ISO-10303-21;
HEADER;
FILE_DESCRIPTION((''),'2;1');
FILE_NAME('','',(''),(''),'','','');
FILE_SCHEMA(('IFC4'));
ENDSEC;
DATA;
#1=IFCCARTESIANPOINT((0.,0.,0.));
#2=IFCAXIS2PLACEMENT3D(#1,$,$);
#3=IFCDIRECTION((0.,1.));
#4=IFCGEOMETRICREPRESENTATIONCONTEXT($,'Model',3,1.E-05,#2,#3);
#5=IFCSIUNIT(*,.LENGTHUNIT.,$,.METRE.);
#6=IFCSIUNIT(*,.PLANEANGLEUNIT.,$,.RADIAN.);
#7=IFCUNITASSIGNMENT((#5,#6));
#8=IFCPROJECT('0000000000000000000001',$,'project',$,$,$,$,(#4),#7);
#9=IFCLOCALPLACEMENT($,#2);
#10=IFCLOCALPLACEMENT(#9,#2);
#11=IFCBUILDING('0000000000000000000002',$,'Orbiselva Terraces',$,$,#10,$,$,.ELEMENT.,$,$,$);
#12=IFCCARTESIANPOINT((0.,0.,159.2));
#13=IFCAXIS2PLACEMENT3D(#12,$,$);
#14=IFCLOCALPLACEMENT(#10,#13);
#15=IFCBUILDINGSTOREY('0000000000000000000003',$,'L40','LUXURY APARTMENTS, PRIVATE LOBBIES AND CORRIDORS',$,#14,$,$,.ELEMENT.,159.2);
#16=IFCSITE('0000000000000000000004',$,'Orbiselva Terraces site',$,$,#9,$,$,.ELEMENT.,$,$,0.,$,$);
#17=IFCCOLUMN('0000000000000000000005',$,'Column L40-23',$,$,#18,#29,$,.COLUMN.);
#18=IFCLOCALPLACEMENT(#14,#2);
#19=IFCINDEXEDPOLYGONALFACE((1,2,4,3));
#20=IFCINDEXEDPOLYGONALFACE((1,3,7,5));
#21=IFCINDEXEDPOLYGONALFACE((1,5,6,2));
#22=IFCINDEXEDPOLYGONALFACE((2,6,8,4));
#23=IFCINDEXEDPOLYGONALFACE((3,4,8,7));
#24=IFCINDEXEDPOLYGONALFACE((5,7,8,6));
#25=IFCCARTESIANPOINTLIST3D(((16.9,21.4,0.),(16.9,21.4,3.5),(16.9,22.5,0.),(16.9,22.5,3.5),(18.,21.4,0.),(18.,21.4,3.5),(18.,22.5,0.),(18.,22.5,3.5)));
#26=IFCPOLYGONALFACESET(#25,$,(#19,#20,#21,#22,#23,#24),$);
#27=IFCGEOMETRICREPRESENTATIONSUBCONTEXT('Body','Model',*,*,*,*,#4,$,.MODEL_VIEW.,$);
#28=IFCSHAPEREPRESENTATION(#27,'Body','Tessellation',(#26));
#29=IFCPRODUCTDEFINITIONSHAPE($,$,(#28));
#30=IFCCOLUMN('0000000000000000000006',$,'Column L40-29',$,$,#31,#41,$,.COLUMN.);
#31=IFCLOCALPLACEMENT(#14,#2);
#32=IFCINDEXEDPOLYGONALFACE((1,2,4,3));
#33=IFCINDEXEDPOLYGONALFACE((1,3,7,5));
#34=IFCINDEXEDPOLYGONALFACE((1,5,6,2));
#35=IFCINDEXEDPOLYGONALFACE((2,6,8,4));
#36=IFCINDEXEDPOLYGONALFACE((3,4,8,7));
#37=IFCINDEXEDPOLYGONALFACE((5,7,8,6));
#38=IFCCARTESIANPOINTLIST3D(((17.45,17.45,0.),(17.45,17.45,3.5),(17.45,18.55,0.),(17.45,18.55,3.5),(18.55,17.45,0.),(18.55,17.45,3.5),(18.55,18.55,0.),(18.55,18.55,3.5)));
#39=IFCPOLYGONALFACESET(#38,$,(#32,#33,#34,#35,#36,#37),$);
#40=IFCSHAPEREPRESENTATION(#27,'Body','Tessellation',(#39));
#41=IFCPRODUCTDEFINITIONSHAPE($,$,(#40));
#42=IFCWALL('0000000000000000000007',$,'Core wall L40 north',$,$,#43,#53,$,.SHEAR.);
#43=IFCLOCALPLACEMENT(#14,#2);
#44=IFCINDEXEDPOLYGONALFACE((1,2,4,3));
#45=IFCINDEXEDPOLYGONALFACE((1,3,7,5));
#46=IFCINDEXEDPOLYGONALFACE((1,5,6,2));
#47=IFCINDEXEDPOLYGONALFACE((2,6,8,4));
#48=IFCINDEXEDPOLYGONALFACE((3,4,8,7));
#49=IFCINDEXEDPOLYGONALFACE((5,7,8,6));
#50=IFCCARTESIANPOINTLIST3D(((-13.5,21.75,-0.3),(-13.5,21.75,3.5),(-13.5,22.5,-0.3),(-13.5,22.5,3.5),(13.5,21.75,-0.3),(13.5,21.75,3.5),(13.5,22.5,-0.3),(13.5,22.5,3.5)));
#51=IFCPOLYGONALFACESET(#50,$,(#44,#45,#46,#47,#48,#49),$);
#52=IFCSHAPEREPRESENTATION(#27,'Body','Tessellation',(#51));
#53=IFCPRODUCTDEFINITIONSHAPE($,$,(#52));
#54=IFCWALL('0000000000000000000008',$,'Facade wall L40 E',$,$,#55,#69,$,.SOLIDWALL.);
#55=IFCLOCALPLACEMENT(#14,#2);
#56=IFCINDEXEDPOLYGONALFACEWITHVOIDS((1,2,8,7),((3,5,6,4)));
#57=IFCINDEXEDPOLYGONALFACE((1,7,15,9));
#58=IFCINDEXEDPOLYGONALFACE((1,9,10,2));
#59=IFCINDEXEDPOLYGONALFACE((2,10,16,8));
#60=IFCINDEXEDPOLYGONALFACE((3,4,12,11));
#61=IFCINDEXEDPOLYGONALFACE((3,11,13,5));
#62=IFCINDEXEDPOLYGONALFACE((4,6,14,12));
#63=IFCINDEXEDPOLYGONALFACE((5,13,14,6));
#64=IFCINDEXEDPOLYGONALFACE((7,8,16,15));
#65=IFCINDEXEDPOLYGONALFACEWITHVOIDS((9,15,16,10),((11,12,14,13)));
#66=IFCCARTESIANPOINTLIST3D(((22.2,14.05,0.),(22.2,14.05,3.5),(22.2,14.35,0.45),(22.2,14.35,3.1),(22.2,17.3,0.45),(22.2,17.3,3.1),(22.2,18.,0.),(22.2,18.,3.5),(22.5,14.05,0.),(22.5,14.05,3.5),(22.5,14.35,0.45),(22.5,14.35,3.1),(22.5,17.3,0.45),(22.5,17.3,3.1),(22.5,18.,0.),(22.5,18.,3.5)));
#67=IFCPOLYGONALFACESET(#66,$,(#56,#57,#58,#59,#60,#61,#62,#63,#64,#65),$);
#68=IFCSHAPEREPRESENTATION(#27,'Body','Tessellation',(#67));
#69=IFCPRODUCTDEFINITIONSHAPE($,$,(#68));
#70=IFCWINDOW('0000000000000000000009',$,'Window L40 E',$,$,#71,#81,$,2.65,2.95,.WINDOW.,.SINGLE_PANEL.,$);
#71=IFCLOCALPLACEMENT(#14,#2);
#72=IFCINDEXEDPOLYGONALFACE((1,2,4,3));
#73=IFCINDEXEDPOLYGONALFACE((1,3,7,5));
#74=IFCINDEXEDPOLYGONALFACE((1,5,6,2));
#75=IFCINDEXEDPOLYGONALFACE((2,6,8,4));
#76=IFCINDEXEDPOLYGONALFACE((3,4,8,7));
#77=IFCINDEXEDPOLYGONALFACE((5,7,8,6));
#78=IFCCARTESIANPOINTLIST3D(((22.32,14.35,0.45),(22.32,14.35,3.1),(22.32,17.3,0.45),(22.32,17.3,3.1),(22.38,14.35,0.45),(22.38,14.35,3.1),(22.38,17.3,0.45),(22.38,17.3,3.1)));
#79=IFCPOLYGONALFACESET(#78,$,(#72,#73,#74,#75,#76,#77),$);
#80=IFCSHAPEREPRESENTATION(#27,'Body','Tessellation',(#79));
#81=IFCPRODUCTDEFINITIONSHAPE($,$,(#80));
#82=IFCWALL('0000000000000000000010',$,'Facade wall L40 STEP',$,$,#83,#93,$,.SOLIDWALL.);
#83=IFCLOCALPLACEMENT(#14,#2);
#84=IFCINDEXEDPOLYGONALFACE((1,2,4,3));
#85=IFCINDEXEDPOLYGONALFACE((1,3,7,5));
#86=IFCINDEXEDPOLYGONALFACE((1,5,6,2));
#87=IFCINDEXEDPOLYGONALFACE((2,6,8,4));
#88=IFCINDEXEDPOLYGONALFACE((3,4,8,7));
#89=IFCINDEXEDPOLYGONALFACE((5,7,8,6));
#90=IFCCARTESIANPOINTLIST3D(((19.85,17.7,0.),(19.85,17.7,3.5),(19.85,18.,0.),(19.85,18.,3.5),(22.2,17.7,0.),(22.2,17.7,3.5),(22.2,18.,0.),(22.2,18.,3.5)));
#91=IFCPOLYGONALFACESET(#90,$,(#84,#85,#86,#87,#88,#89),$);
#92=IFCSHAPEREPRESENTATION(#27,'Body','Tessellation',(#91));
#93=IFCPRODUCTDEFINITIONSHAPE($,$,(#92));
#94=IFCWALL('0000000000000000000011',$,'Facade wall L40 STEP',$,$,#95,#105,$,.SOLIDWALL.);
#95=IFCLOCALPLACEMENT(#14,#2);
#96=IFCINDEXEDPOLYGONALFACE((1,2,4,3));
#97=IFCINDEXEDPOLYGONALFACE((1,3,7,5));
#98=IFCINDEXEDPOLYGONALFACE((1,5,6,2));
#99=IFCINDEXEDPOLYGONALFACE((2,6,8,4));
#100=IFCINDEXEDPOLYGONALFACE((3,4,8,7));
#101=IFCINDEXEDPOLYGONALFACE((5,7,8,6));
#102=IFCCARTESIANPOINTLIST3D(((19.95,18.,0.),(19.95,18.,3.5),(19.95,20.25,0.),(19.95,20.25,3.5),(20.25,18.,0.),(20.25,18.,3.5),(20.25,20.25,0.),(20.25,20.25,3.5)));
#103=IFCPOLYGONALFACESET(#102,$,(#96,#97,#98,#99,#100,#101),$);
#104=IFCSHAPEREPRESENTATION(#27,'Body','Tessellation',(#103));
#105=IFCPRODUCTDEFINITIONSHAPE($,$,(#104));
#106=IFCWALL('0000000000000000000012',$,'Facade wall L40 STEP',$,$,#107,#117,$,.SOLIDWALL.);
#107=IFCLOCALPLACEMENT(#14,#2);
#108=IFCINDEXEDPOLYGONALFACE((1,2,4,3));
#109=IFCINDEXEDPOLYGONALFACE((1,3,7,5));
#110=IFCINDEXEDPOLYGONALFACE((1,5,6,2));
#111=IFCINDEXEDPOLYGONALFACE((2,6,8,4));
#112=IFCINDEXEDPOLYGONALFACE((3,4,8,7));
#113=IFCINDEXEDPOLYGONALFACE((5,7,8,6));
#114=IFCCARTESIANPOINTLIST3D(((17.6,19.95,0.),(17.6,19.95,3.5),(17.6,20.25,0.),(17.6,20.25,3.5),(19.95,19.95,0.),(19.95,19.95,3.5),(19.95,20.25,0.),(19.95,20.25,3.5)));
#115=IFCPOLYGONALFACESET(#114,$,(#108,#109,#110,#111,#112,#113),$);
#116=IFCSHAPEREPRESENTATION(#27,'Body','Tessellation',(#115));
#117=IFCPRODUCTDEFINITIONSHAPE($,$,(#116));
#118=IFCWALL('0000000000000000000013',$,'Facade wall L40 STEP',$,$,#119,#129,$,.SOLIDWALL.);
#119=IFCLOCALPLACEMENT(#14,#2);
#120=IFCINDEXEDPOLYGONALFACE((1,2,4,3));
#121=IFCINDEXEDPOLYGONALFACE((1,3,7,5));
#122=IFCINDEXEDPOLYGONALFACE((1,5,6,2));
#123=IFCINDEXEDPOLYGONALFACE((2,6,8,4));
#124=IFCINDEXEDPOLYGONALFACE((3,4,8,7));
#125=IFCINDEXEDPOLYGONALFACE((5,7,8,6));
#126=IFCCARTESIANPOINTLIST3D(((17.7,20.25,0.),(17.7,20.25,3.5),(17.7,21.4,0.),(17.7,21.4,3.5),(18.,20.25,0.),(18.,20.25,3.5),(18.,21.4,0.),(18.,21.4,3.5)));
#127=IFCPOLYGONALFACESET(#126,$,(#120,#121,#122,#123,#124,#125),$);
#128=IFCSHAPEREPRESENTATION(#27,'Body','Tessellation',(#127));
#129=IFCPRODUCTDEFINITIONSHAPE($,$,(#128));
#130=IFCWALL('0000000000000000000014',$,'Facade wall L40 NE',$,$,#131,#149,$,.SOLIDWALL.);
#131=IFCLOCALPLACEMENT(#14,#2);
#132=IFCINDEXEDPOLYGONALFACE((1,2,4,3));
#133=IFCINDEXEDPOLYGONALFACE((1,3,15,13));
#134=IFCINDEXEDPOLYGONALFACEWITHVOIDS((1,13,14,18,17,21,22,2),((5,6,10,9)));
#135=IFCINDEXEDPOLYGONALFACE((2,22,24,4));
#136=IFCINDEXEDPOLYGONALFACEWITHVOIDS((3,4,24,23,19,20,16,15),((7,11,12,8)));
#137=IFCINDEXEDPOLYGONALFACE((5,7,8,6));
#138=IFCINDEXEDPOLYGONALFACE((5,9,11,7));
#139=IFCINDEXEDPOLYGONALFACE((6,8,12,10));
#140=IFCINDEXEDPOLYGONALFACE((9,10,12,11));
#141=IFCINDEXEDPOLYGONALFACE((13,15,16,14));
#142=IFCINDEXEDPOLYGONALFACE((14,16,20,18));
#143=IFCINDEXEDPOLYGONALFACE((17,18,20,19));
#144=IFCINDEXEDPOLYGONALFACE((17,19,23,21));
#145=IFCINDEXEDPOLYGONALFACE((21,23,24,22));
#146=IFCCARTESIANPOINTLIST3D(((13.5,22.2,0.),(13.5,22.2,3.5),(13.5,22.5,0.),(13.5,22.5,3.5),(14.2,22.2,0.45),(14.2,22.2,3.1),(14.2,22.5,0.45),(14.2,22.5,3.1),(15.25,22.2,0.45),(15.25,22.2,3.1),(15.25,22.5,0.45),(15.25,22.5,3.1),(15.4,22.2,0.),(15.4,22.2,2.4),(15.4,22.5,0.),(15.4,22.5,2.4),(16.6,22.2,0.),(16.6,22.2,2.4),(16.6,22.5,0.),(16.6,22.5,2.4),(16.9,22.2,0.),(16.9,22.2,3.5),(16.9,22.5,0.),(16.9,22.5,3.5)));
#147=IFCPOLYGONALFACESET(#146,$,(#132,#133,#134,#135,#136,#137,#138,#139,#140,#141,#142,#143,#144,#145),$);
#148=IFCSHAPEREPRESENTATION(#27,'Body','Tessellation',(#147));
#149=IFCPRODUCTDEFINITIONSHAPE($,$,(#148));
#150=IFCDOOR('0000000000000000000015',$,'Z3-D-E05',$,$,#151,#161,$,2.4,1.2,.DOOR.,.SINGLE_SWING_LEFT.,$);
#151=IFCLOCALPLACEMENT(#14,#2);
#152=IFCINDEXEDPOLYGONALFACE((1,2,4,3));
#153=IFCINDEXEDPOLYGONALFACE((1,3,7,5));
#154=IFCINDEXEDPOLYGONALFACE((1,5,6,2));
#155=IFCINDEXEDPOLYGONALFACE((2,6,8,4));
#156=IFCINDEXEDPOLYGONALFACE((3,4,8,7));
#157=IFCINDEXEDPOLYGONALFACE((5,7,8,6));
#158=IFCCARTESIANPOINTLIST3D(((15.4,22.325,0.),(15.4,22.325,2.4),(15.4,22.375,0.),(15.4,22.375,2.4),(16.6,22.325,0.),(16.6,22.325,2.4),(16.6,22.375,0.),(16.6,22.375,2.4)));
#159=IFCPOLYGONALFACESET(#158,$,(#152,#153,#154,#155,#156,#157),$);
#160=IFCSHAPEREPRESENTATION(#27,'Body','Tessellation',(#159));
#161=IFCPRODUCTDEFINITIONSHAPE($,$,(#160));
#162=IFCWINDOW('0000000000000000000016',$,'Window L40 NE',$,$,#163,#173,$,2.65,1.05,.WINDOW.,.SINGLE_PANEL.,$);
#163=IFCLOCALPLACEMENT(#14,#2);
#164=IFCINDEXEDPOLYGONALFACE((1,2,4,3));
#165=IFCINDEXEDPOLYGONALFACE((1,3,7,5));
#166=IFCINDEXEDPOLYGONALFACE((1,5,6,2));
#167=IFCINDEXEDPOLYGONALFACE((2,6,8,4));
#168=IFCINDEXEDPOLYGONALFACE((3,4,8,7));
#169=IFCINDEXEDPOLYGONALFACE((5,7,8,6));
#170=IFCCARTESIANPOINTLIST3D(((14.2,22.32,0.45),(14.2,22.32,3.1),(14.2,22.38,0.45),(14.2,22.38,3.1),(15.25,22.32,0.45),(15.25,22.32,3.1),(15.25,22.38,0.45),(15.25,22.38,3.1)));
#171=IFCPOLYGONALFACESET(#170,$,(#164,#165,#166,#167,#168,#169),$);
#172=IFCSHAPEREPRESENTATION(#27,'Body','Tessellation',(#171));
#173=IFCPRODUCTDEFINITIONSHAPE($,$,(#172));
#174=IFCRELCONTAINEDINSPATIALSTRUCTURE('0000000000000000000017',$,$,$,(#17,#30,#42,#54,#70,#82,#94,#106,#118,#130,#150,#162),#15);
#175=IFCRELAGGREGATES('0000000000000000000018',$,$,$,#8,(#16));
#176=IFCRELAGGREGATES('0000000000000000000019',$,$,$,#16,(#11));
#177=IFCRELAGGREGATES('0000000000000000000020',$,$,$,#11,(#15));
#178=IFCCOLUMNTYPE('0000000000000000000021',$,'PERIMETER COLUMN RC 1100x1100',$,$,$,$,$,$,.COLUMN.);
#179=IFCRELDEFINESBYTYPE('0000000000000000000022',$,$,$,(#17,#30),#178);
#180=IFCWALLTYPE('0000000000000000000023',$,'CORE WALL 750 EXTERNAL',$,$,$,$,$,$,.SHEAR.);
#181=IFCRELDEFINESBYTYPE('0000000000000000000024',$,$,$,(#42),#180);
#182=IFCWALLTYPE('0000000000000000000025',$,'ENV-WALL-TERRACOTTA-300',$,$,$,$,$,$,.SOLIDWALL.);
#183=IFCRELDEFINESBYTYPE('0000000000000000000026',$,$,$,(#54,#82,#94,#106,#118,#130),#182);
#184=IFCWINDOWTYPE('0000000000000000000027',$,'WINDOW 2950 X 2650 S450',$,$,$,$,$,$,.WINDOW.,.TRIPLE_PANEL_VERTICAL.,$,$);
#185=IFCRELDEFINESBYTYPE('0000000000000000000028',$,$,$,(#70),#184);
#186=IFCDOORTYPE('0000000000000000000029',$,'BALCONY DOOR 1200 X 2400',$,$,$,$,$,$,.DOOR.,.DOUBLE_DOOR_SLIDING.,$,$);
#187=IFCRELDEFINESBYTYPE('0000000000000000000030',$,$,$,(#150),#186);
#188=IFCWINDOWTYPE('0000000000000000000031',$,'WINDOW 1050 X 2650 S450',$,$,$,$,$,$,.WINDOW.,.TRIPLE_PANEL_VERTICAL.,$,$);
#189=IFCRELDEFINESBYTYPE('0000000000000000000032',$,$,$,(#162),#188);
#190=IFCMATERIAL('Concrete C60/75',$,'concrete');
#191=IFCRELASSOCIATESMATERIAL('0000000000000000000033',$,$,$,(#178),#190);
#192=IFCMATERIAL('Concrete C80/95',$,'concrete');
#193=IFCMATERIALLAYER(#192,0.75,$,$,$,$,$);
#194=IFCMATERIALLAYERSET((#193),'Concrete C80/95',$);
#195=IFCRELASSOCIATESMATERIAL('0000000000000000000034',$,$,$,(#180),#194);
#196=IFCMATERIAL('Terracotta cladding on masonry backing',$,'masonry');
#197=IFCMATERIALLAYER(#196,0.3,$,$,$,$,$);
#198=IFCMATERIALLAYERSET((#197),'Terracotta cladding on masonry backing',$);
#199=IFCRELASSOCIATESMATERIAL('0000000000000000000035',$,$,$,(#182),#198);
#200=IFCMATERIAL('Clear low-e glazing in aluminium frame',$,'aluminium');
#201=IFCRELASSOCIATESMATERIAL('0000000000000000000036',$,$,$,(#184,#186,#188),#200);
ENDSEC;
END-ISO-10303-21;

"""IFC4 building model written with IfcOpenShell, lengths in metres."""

from ifc_helpers import new_model, si_unit, direction, frame, frame_2d, origin, origin_2d, place, context, subcontext, project, spatial, rectangle, extrude, material, layer, layer_set, material_profile, profile_set, type_object, element, fill, save


model = new_model("IFC4")

# Units and contexts
model_context = context("Model", 3, precision=1e-05, world=origin(), true_north=direction((0.0, 1.0)))
body_context = subcontext(model_context, "Body", "Model", "MODEL_VIEW")
ifc_project = project(units=[si_unit("LENGTHUNIT", "METRE"), si_unit("PLANEANGLEUNIT", "RADIAN")], contexts=[model_context])

# Site, building, storey
site_placement = place(None, origin())
site = spatial("IfcSite", under=ifc_project, at=site_placement, Name="Orbiselva Terraces site", CompositionType="ELEMENT", RefElevation=0.0)
building_placement = place(site_placement, origin())
building = spatial("IfcBuilding", under=site, at=building_placement, Name="Orbiselva Terraces", CompositionType="ELEMENT")
storey_placement = place(building_placement, frame((0.0, 0.0, 159.2)))
storey = spatial("IfcBuildingStorey", under=building, at=storey_placement, Name="L40", Description="LUXURY APARTMENTS, PRIVATE LOBBIES AND CORRIDORS", CompositionType="ELEMENT", Elevation=159.2)

# Columns
ifc_material_1 = material(Name="Concrete C60/75", Category="concrete")
ifc_material_profile = material_profile(ifc_material_1, rectangle(XDim=1.1, YDim=1.1, at=origin_2d()), Name="RC 1100x1100")
ifc_profile_set = profile_set([ifc_material_profile], Name="Concrete C60/75")
column_type = type_object("IfcColumnType", Name="PERIMETER COLUMN RC 1100x1100", PredefinedType="COLUMN", material=ifc_profile_set)
for number, where, z_axis, x_axis, name in (
    (1, (17.45, 21.95, 0.0), (0.0, 0.0, 1.0), (1.0, 0.0, 0.0), "Column L40-23"),
    (2, (18.0, 18.0, 0.0), (0.0, 0.0, 1.0), (1.0, 0.0, 0.0), "Column L40-29"),
):
    element("IfcColumn", number, at=place(storey_placement, frame(where, z_axis=z_axis, x_axis=x_axis)), inside=storey, type_object=column_type, Name=name, PredefinedType="COLUMN", context=body_context, shape_type="SweptSolid", body=[
        extrude(rectangle(XDim=1.1, YDim=1.1, at=origin_2d()), origin(), (0.0, 0.0, 1.0), 3.5),
    ])

# Wall
ifc_material_2 = material(Name="Concrete C80/95", Category="concrete")
ifc_layer_1 = layer(ifc_material_2, 0.75)
ifc_layer_set_1 = layer_set([ifc_layer_1], Name="Concrete C80/95")
wall_type_1 = type_object("IfcWallType", Name="CORE WALL 750 EXTERNAL", PredefinedType="SHEAR", material=ifc_layer_set_1)
wall_1_placement = place(storey_placement, frame((13.5, 22.125, -0.3), z_axis=(0.0, 0.0, 1.0), x_axis=(-1.0, 0.0, 0.0)))
element("IfcWall", 3, at=wall_1_placement, inside=storey, type_object=wall_type_1, Name="Core wall L40 north", PredefinedType="SHEAR", context=body_context, shape_type="SweptSolid", body=[
    extrude(rectangle(XDim=27.0, YDim=0.75, at=frame_2d((13.5, 0.0))), origin(), (0.0, 0.0, 1.0), 3.8),
])

# Wall, opening, window
ifc_material_3 = material(Name="Terracotta cladding on masonry backing", Category="masonry")
ifc_layer_2 = layer(ifc_material_3, 0.3)
ifc_layer_set_2 = layer_set([ifc_layer_2], Name="Terracotta cladding on masonry backing")
wall_type_2 = type_object("IfcWallType", Name="ENV-WALL-TERRACOTTA-300", PredefinedType="SOLIDWALL", material=ifc_layer_set_2)
wall_2_placement = place(storey_placement, frame((22.35, 18.0, 0.0), z_axis=(0.0, 0.0, 1.0), x_axis=(0.0, -1.0, 0.0)))
wall_2 = element("IfcWall", 4, at=wall_2_placement, inside=storey, type_object=wall_type_2, Name="Facade wall L40 E", PredefinedType="SOLIDWALL", context=body_context, shape_type="SweptSolid", body=[
    extrude(rectangle(XDim=3.95, YDim=0.3, at=frame_2d((1.975, 0.0))), origin(), (0.0, 0.0, 1.0), 3.5),
])
opening_1_placement = place(wall_2_placement, frame((0.7, 0.0, 0.45)))
opening_1 = element("IfcOpeningElement", 5, at=opening_1_placement, cuts=wall_2, PredefinedType="OPENING", context=body_context, shape_type="SweptSolid", body=[
    extrude(rectangle(XDim=2.95, YDim=2.65, at=frame_2d((1.475, 1.325))), frame((0.0, 0.16, 0.0), z_axis=(0.0, -1.0, 0.0), x_axis=(1.0, 0.0, 0.0)), (0.0, 0.0, 1.0), 0.32),
])
ifc_material_4 = material(Name="Clear low-e glazing in aluminium frame", Category="aluminium")
window_type_1 = type_object("IfcWindowType", Name="WINDOW 2950 X 2650 S450", PartitioningType="TRIPLE_PANEL_VERTICAL", PredefinedType="WINDOW", material=ifc_material_4)
window_1_placement = place(opening_1_placement, origin())
window_1 = element("IfcWindow", 6, at=window_1_placement, inside=storey, type_object=window_type_1, Name="Window L40 E", OverallHeight=2.65, OverallWidth=2.95, PartitioningType="SINGLE_PANEL", PredefinedType="WINDOW", context=body_context, shape_type="SweptSolid", body=[
    extrude(rectangle(XDim=2.95, YDim=2.65, at=frame_2d((1.475, 1.325))), frame((0.0, 0.03, 0.0), z_axis=(0.0, -1.0, 0.0), x_axis=(1.0, 0.0, 0.0)), (0.0, 0.0, 1.0), 0.06),
])
fill(opening_1, window_1)

# Walls
wall_3_placement = place(storey_placement, frame((19.85, 17.85, 0.0), z_axis=(0.0, 0.0, 1.0), x_axis=(1.0, 0.0, 0.0)))
element("IfcWall", 7, at=wall_3_placement, inside=storey, type_object=wall_type_2, Name="Facade wall L40 STEP", PredefinedType="SOLIDWALL", context=body_context, shape_type="SweptSolid", body=[
    extrude(rectangle(XDim=2.35, YDim=0.3, at=frame_2d((1.175, 0.0))), origin(), (0.0, 0.0, 1.0), 3.5),
])
wall_4_placement = place(storey_placement, frame((20.1, 20.25, 0.0), z_axis=(0.0, 0.0, 1.0), x_axis=(0.0, -1.0, 0.0)))
element("IfcWall", 8, at=wall_4_placement, inside=storey, type_object=wall_type_2, Name="Facade wall L40 STEP", PredefinedType="SOLIDWALL", context=body_context, shape_type="SweptSolid", body=[
    extrude(rectangle(XDim=2.25, YDim=0.3, at=frame_2d((1.125, 0.0))), origin(), (0.0, 0.0, 1.0), 3.5),
])
wall_5_placement = place(storey_placement, frame((17.6, 20.1, 0.0), z_axis=(0.0, 0.0, 1.0), x_axis=(1.0, 0.0, 0.0)))
element("IfcWall", 9, at=wall_5_placement, inside=storey, type_object=wall_type_2, Name="Facade wall L40 STEP", PredefinedType="SOLIDWALL", context=body_context, shape_type="SweptSolid", body=[
    extrude(rectangle(XDim=2.35, YDim=0.3, at=frame_2d((1.175, 0.0))), origin(), (0.0, 0.0, 1.0), 3.5),
])
wall_6_placement = place(storey_placement, frame((17.85, 21.4, 0.0), z_axis=(0.0, 0.0, 1.0), x_axis=(0.0, -1.0, 0.0)))
element("IfcWall", 10, at=wall_6_placement, inside=storey, type_object=wall_type_2, Name="Facade wall L40 STEP", PredefinedType="SOLIDWALL", context=body_context, shape_type="SweptSolid", body=[
    extrude(rectangle(XDim=1.15, YDim=0.3, at=frame_2d((0.575, 0.0))), origin(), (0.0, 0.0, 1.0), 3.5),
])

# Wall, openings, door, window
wall_7_placement = place(storey_placement, frame((13.5, 22.35, 0.0), z_axis=(0.0, 0.0, 1.0), x_axis=(1.0, 0.0, 0.0)))
wall_7 = element("IfcWall", 11, at=wall_7_placement, inside=storey, type_object=wall_type_2, Name="Facade wall L40 NE", PredefinedType="SOLIDWALL", context=body_context, shape_type="SweptSolid", body=[
    extrude(rectangle(XDim=3.4, YDim=0.3, at=frame_2d((1.7, 0.0))), origin(), (0.0, 0.0, 1.0), 3.5),
])
opening_2_placement = place(wall_7_placement, frame((1.9, 0.0, 0.0)))
opening_2 = element("IfcOpeningElement", 12, at=opening_2_placement, cuts=wall_7, PredefinedType="OPENING", context=body_context, shape_type="SweptSolid", body=[
    extrude(rectangle(XDim=1.2, YDim=2.4, at=frame_2d((0.6, 1.2))), frame((0.0, 0.16, 0.0), z_axis=(0.0, -1.0, 0.0), x_axis=(1.0, 0.0, 0.0)), (0.0, 0.0, 1.0), 0.32),
])
opening_3_placement = place(wall_7_placement, frame((0.7, 0.0, 0.45)))
opening_3 = element("IfcOpeningElement", 13, at=opening_3_placement, cuts=wall_7, PredefinedType="OPENING", context=body_context, shape_type="SweptSolid", body=[
    extrude(rectangle(XDim=1.05, YDim=2.65, at=frame_2d((0.525, 1.325))), frame((0.0, 0.16, 0.0), z_axis=(0.0, -1.0, 0.0), x_axis=(1.0, 0.0, 0.0)), (0.0, 0.0, 1.0), 0.32),
])
door_type = type_object("IfcDoorType", Name="BALCONY DOOR 1200 X 2400", OperationType="DOUBLE_DOOR_SLIDING", PredefinedType="DOOR", material=ifc_material_4)
door_placement = place(opening_2_placement, origin())
door = element("IfcDoor", 14, at=door_placement, inside=storey, type_object=door_type, Name="Z3-D-E05", OperationType="SINGLE_SWING_LEFT", OverallHeight=2.4, OverallWidth=1.2, PredefinedType="DOOR", context=body_context, shape_type="SweptSolid", body=[
    extrude(rectangle(XDim=1.2, YDim=2.4, at=frame_2d((0.6, 1.2))), frame((0.0, 0.025, 0.0), z_axis=(0.0, -1.0, 0.0), x_axis=(1.0, 0.0, 0.0)), (0.0, 0.0, 1.0), 0.05),
])
fill(opening_2, door)
window_type_2 = type_object("IfcWindowType", Name="WINDOW 1050 X 2650 S450", PartitioningType="TRIPLE_PANEL_VERTICAL", PredefinedType="WINDOW", material=ifc_material_4)
window_2_placement = place(opening_3_placement, origin())
window_2 = element("IfcWindow", 15, at=window_2_placement, inside=storey, type_object=window_type_2, Name="Window L40 NE", OverallHeight=2.65, OverallWidth=1.05, PartitioningType="SINGLE_PANEL", PredefinedType="WINDOW", context=body_context, shape_type="SweptSolid", body=[
    extrude(rectangle(XDim=1.05, YDim=2.65, at=frame_2d((0.525, 1.325))), frame((0.0, 0.03, 0.0), z_axis=(0.0, -1.0, 0.0), x_axis=(1.0, 0.0, 0.0)), (0.0, 0.0, 1.0), 0.06),
])
fill(opening_3, window_2)

save(model, "model.ifc")
